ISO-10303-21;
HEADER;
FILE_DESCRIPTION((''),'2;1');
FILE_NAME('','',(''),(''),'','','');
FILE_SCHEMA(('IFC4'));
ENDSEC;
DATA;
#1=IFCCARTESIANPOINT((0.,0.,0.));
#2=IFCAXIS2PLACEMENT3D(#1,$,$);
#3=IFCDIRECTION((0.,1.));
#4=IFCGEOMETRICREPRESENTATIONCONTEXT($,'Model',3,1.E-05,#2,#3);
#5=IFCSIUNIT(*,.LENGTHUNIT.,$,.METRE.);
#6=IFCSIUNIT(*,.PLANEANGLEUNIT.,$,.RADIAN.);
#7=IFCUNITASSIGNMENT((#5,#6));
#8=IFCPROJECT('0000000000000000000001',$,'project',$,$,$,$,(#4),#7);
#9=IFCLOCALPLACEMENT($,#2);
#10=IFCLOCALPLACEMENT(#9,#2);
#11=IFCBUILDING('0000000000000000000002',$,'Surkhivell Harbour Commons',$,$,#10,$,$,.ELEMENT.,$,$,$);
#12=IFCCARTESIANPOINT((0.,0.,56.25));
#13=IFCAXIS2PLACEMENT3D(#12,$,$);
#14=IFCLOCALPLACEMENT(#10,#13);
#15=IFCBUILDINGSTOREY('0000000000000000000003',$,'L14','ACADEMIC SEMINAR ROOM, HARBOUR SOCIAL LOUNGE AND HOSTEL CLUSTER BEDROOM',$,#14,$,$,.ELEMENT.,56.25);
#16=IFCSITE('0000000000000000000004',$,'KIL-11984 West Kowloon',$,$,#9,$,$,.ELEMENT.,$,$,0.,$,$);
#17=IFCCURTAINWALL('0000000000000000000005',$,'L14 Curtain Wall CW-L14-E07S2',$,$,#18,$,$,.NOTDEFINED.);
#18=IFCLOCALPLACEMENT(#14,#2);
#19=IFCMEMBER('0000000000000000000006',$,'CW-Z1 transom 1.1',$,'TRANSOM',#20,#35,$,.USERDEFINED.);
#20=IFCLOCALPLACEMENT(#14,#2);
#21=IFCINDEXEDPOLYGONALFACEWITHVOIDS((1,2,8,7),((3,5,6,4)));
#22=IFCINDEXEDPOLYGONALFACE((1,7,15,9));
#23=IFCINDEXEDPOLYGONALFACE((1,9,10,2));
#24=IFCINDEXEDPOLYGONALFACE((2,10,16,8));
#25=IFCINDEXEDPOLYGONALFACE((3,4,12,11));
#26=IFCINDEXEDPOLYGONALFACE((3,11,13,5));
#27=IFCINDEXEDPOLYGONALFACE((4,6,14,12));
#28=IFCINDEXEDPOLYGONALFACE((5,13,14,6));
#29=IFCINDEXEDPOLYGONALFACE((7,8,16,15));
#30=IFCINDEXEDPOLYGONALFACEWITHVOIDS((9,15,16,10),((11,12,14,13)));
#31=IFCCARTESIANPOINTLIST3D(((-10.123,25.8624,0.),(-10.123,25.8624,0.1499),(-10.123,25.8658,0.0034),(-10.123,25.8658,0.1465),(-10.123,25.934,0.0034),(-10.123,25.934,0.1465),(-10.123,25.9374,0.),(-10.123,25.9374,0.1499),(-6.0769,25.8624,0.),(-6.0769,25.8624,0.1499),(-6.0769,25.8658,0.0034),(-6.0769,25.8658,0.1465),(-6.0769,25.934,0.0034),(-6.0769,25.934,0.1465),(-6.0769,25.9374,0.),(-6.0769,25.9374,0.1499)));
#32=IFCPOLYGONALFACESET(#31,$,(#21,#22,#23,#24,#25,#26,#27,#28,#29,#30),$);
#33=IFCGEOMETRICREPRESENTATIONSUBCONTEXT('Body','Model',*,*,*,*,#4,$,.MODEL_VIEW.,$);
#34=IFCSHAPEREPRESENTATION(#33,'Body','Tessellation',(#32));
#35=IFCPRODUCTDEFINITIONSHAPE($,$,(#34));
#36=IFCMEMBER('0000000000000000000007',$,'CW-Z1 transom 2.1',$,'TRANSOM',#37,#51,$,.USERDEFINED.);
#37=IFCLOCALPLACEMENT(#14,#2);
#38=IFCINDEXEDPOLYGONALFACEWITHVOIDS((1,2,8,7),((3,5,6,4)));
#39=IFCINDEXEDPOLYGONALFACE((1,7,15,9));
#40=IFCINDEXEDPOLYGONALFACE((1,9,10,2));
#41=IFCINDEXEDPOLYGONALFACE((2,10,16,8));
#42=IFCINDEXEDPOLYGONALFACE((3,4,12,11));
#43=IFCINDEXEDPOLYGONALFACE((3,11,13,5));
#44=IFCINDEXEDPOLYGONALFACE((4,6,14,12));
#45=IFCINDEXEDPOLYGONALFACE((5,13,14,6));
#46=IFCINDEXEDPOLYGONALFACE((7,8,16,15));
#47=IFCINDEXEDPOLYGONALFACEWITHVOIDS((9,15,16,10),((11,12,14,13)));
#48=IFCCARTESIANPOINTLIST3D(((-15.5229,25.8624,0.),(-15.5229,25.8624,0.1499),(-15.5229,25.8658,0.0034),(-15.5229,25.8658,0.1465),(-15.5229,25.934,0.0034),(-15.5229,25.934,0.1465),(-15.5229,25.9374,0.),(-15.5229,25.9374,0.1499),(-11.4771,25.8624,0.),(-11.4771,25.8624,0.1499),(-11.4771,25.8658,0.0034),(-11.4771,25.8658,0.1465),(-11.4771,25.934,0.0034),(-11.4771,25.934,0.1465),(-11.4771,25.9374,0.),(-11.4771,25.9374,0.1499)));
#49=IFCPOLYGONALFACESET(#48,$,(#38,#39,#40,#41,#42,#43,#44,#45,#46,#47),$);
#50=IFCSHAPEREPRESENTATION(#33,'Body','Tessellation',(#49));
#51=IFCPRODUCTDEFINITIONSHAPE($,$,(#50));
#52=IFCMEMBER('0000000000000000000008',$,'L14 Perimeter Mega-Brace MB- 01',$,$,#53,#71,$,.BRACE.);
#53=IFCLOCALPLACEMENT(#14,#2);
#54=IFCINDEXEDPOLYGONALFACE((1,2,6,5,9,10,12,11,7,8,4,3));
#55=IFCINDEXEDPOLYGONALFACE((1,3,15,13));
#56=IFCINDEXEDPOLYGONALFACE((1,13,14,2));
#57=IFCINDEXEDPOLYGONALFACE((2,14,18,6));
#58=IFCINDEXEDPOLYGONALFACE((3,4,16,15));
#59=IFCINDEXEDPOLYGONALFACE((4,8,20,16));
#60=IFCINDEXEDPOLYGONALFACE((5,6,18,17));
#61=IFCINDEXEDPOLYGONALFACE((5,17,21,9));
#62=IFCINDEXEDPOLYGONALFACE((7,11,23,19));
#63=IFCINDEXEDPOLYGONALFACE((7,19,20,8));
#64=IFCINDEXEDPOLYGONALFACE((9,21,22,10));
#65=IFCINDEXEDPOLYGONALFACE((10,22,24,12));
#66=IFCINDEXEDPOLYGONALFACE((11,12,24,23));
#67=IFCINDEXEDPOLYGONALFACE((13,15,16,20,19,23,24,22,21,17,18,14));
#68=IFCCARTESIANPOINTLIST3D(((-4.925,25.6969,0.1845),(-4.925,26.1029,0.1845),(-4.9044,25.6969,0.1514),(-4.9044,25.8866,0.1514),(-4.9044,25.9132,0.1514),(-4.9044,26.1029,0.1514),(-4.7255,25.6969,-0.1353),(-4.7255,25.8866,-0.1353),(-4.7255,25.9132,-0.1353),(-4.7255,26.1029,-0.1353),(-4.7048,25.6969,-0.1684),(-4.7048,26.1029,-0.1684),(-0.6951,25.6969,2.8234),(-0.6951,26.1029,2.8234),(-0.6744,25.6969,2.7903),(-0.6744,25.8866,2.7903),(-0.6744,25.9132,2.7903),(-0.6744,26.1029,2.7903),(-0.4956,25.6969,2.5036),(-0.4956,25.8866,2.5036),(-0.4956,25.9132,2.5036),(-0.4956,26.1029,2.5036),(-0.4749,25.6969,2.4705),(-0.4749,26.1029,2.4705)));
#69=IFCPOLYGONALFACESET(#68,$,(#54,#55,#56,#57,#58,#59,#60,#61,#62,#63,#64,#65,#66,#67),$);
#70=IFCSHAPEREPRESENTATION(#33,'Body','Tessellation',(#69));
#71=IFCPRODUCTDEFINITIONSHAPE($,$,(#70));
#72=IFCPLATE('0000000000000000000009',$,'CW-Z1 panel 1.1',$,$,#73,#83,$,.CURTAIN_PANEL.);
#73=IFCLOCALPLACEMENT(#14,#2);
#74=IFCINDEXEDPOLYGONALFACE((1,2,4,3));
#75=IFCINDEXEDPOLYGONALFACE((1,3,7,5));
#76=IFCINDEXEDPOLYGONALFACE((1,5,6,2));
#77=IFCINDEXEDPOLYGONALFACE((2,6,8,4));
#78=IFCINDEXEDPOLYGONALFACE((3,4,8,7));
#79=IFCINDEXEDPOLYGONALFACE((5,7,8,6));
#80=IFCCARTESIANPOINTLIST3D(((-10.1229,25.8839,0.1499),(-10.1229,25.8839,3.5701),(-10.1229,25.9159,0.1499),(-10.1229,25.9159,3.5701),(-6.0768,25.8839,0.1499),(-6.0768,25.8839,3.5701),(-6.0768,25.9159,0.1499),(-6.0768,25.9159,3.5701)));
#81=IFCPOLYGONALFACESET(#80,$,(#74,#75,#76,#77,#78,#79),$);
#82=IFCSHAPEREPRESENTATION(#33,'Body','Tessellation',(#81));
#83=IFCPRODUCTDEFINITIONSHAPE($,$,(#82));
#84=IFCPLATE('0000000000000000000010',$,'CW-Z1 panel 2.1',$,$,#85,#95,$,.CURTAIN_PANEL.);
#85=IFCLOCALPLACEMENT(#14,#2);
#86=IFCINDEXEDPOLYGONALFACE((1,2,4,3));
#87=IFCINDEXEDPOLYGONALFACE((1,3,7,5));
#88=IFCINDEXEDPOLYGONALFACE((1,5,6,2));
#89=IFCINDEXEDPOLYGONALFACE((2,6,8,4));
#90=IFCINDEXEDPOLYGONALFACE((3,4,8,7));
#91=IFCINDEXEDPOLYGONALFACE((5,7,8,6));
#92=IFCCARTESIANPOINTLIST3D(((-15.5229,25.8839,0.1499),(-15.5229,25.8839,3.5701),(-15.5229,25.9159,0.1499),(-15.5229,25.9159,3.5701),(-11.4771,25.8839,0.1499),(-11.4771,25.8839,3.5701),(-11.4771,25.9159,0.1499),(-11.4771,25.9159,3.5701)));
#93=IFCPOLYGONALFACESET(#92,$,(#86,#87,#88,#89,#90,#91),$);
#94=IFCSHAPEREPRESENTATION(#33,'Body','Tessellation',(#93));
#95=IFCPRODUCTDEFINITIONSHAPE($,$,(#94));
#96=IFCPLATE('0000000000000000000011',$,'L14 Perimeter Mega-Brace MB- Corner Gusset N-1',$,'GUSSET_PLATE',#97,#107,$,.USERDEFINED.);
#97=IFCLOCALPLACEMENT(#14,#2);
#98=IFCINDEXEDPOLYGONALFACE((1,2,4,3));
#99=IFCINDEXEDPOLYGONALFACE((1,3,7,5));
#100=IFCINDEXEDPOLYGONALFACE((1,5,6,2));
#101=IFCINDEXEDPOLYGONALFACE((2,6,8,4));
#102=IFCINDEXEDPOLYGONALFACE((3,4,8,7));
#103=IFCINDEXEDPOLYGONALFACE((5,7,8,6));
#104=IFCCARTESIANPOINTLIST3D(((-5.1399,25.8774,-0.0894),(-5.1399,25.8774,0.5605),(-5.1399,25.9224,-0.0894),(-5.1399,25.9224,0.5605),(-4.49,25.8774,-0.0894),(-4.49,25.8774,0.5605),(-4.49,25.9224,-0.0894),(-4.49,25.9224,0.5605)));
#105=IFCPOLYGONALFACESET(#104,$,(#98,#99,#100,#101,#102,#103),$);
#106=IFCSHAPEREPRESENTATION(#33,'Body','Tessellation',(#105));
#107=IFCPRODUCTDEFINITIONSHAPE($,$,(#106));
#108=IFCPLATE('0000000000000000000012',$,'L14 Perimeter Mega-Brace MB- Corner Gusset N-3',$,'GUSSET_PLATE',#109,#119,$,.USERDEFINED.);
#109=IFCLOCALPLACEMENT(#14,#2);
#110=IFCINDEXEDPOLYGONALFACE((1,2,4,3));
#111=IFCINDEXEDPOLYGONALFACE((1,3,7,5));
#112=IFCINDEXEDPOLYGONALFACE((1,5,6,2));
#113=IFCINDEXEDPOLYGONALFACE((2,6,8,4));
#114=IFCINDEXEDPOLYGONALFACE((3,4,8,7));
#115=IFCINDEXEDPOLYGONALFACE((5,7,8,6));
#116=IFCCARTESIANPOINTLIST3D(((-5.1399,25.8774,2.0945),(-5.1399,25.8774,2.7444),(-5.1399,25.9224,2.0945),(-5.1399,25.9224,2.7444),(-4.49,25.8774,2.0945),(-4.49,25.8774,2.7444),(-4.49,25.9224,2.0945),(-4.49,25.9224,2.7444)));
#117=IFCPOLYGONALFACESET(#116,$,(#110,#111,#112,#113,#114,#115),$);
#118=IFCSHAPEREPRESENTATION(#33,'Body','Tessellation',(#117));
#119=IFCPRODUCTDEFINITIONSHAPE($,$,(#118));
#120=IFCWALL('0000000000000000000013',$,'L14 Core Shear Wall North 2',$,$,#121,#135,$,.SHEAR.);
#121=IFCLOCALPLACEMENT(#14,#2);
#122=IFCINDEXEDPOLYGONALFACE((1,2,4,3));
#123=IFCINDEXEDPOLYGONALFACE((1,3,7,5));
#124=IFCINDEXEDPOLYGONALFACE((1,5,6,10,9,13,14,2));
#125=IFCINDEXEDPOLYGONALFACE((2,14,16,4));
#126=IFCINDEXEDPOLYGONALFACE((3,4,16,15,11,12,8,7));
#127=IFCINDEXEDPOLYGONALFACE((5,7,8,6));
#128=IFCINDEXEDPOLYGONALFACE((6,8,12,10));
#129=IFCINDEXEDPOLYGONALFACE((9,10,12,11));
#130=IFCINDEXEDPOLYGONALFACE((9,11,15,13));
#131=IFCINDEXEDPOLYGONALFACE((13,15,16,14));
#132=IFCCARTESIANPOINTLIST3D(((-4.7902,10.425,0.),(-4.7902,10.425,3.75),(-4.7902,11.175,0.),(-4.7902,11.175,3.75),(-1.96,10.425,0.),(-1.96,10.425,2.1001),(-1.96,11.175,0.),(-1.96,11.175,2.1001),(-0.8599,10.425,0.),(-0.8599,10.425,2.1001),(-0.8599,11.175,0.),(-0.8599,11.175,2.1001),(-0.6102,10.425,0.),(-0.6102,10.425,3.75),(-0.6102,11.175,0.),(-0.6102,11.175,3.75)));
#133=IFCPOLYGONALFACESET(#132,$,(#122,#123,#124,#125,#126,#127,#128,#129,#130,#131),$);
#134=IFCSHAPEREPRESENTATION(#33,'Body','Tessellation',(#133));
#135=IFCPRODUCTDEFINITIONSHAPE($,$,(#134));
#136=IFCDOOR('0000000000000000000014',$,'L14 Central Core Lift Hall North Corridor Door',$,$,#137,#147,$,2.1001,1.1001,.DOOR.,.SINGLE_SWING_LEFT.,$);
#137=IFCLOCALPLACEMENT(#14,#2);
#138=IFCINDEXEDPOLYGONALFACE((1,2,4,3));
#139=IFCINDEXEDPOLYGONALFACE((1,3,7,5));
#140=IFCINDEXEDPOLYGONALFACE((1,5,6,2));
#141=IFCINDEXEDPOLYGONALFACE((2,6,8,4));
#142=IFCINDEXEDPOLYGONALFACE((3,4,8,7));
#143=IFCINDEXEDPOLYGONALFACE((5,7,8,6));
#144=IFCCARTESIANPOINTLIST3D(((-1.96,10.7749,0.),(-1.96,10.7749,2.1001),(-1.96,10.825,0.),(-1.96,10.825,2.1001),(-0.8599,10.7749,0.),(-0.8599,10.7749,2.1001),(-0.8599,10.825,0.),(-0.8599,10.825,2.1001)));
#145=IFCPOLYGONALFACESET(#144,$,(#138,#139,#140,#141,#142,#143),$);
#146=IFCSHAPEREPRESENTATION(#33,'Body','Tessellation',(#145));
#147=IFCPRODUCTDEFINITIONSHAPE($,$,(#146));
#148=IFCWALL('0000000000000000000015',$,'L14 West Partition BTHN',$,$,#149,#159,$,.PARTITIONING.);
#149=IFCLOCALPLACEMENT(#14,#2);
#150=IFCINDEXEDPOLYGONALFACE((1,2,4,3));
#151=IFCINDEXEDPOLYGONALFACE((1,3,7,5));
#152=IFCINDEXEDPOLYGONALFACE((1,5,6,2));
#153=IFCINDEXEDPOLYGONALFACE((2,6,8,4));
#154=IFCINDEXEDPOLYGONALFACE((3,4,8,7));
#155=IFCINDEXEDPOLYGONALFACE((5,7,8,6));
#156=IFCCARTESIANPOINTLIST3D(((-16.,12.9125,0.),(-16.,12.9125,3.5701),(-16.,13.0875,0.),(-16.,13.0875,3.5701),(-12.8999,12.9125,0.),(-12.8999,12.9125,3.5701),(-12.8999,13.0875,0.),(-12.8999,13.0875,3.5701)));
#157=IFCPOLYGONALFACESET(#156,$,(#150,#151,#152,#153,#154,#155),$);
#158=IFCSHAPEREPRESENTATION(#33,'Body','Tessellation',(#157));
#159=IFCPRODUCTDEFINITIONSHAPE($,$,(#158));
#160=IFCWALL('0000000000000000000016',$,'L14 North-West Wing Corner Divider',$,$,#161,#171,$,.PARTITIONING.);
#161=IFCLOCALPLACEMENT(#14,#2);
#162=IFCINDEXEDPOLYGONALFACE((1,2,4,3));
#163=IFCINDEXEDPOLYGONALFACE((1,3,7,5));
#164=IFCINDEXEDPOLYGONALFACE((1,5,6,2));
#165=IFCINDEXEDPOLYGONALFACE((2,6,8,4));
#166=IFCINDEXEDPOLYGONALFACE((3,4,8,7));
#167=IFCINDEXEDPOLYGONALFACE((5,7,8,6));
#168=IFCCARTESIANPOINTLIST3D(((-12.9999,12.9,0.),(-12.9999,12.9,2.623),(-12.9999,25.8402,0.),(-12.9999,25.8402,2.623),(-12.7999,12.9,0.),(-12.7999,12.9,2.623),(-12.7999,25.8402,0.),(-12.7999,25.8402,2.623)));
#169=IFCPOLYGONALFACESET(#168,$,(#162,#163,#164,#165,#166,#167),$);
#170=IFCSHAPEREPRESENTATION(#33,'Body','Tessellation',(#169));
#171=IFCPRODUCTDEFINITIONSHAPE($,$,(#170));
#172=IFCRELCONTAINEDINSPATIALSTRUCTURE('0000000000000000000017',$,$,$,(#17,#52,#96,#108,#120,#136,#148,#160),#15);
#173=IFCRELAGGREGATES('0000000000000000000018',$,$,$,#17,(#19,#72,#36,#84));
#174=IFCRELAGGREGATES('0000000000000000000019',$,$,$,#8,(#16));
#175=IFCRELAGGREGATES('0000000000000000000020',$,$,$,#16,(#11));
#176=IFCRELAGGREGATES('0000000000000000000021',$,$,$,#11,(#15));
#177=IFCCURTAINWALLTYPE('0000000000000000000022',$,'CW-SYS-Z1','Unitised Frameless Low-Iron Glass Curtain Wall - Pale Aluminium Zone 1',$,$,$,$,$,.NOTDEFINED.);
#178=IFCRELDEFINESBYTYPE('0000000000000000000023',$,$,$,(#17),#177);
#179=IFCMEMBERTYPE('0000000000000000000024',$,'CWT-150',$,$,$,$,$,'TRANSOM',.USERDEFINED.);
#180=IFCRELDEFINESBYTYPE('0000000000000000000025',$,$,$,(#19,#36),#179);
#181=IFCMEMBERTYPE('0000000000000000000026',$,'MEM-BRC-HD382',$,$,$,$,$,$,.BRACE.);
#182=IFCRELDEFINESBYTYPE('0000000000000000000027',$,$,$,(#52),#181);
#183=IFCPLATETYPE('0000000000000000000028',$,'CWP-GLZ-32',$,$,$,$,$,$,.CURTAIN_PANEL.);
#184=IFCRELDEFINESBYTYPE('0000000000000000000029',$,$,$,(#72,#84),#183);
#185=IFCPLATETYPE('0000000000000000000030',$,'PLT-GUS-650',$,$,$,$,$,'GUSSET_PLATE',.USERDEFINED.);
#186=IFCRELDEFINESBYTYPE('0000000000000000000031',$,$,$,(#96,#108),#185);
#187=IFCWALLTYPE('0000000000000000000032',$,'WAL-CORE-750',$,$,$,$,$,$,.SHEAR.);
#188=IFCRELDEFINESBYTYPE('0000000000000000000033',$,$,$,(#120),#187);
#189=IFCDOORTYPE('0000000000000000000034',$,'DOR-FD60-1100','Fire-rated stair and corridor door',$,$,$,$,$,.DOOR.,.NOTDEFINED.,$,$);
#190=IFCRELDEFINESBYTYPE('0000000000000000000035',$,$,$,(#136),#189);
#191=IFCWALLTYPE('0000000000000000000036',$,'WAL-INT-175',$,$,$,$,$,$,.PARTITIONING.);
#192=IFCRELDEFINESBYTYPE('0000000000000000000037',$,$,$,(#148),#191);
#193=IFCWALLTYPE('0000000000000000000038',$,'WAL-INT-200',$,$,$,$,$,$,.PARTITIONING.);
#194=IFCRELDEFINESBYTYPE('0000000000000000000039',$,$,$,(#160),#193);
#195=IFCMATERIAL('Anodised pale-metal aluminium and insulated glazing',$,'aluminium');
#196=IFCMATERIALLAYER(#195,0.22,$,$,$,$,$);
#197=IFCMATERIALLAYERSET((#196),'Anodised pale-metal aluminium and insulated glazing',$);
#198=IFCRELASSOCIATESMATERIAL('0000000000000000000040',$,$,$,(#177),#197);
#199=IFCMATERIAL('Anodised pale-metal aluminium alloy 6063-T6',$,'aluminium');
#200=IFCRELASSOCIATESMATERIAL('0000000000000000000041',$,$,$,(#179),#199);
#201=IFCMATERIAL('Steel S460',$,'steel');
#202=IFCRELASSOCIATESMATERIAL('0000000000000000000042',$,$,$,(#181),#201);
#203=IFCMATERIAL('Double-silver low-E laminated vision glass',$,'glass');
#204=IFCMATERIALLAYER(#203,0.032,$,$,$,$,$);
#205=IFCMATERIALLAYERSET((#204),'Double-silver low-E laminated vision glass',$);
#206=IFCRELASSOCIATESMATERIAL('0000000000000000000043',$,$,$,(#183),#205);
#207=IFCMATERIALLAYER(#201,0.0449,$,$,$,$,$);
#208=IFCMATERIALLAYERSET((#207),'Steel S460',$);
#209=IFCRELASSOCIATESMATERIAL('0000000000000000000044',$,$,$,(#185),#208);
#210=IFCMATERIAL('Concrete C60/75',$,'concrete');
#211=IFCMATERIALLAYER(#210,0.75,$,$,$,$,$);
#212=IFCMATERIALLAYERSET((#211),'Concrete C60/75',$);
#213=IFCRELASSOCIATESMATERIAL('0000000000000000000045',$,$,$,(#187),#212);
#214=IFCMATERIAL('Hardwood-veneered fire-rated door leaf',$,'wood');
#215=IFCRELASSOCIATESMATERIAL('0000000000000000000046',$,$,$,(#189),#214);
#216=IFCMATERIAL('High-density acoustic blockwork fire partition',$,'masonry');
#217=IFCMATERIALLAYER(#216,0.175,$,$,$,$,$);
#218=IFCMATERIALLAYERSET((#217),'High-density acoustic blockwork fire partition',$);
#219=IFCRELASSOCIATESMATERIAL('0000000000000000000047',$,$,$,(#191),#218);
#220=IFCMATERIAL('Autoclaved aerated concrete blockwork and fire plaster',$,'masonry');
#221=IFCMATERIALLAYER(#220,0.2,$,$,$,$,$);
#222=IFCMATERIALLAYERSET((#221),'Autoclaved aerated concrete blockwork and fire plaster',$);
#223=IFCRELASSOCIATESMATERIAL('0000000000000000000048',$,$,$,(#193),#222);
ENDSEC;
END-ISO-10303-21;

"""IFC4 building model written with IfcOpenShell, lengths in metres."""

from ifc_helpers import new_model, si_unit, direction, frame, frame_2d, origin, origin_2d, place, context, subcontext, project, spatial, rectangle, hollow_rectangle, i_section, extrude, material, layer, layer_set, material_profile, profile_set, type_object, element, fill, aggregate, save


model = new_model("IFC4")

# Units and contexts
model_context = context("Model", 3, precision=1e-05, world=origin(), true_north=direction((0.0, 1.0)))
body_context = subcontext(model_context, "Body", "Model", "MODEL_VIEW")
ifc_project = project(units=[si_unit("LENGTHUNIT", "METRE"), si_unit("PLANEANGLEUNIT", "RADIAN")], contexts=[model_context])

# Site, building, storey
site_placement = place(None, origin())
site = spatial("IfcSite", under=ifc_project, at=site_placement, Name="KIL-11984 West Kowloon", CompositionType="ELEMENT", RefElevation=0.0)
building_placement = place(site_placement, origin())
building = spatial("IfcBuilding", under=site, at=building_placement, Name="Surkhivell Harbour Commons", CompositionType="ELEMENT")
storey_placement = place(building_placement, frame((0.0, 0.0, 56.25)))
storey = spatial("IfcBuildingStorey", under=building, at=storey_placement, Name="L14", Description="ACADEMIC SEMINAR ROOM, HARBOUR SOCIAL LOUNGE AND HOSTEL CLUSTER BEDROOM", CompositionType="ELEMENT", Elevation=56.25)

# Shared definitions
ifc_material_1 = material(Name="Steel S460", Category="steel")

# Curtain wall, members
ifc_material_2 = material(Name="Anodised pale-metal aluminium and insulated glazing", Category="aluminium")
ifc_layer_1 = layer(ifc_material_2, 0.22)
ifc_layer_set_1 = layer_set([ifc_layer_1], Name="Anodised pale-metal aluminium and insulated glazing")
curtain_wall_type = type_object("IfcCurtainWallType", Name="CW-SYS-Z1", Description="Unitised Frameless Low-Iron Glass Curtain Wall - Pale Aluminium Zone 1", PredefinedType="NOTDEFINED", material=ifc_layer_set_1)
curtain_wall_placement = place(storey_placement, origin())
curtain_wall = element("IfcCurtainWall", 1, at=curtain_wall_placement, inside=storey, type_object=curtain_wall_type, Name="L14 Curtain Wall CW-L14-E07S2", PredefinedType="NOTDEFINED")
ifc_material_3 = material(Name="Anodised pale-metal aluminium alloy 6063-T6", Category="aluminium")
ifc_material_profile_1 = material_profile(ifc_material_3, hollow_rectangle(XDim=0.075, YDim=0.1499, WallThickness=0.0034, at=origin_2d()), Name="ALU-TRAN-75x150")
ifc_profile_set_1 = profile_set([ifc_material_profile_1], Name="Anodised pale-metal aluminium alloy 6063-T6")
member_type_1 = type_object("IfcMemberType", Name="CWT-150", ElementType="TRANSOM", PredefinedType="USERDEFINED", material=ifc_profile_set_1)
member_1_placement = place(storey_placement, frame((-6.0769, 25.8999, 0.075), z_axis=(-1.0, 0.0, 0.0), x_axis=(0.0, -1.0, 0.0)))
member_1 = element("IfcMember", 2, at=member_1_placement, type_object=member_type_1, Name="CW-Z1 transom 1.1", ObjectType="TRANSOM", PredefinedType="USERDEFINED", context=body_context, shape_type="SweptSolid", body=[
    extrude(hollow_rectangle(XDim=0.075, YDim=0.1499, WallThickness=0.0034, at=origin_2d()), origin(), (0.0, 0.0, 1.0), 4.0461),
])
member_2_placement = place(storey_placement, frame((-11.4771, 25.8999, 0.075), z_axis=(-1.0, 0.0, 0.0), x_axis=(0.0, -1.0, 0.0)))
member_2 = element("IfcMember", 3, at=member_2_placement, type_object=member_type_1, Name="CW-Z1 transom 2.1", ObjectType="TRANSOM", PredefinedType="USERDEFINED", context=body_context, shape_type="SweptSolid", body=[
    extrude(hollow_rectangle(XDim=0.075, YDim=0.1499, WallThickness=0.0034, at=origin_2d()), origin(), (0.0, 0.0, 1.0), 4.0459),
])

# Member
ifc_material_profile_2 = material_profile(ifc_material_1, i_section(OverallWidth=0.406, OverallDepth=0.416, WebThickness=0.0266, FlangeThickness=0.0391, at=origin_2d()), Name="HD400x382")
ifc_profile_set_2 = profile_set([ifc_material_profile_2], Name="Steel S460")
member_type_2 = type_object("IfcMemberType", Name="MEM-BRC-HD382", PredefinedType="BRACE", material=ifc_profile_set_2)
member_3_placement = place(storey_placement, frame((-4.8149, 25.8999, 0.0081), z_axis=(0.848433, 0.0, 0.529303), x_axis=(0.0, 1.0, 0.0)))
element("IfcMember", 4, at=member_3_placement, inside=storey, type_object=member_type_2, Name="L14 Perimeter Mega-Brace MB- 01", PredefinedType="BRACE", context=body_context, shape_type="SweptSolid", body=[
    extrude(i_section(OverallWidth=0.406, OverallDepth=0.416, WebThickness=0.0266, FlangeThickness=0.0391, at=origin_2d()), origin(), (0.0, 0.0, 1.0), 4.9856),
])

# Plates
ifc_material_4 = material(Name="Double-silver low-E laminated vision glass", Category="glass")
ifc_layer_2 = layer(ifc_material_4, 0.032)
ifc_layer_set_2 = layer_set([ifc_layer_2], Name="Double-silver low-E laminated vision glass")
plate_type_1 = type_object("IfcPlateType", Name="CWP-GLZ-32", PredefinedType="CURTAIN_PANEL", material=ifc_layer_set_2)
plate_1_placement = place(storey_placement, frame((-6.0769, 25.8999, 0.1499), z_axis=(0.0, 0.0, 1.0), x_axis=(-1.0, 0.0, 0.0)))
plate_1 = element("IfcPlate", 5, at=plate_1_placement, type_object=plate_type_1, Name="CW-Z1 panel 1.1", PredefinedType="CURTAIN_PANEL", context=body_context, shape_type="SweptSolid", body=[
    extrude(rectangle(XDim=4.0461, YDim=0.032, at=frame_2d((2.0229, 0.0))), origin(), (0.0, 0.0, 1.0), 3.4202),
])
plate_2_placement = place(storey_placement, frame((-11.4771, 25.8999, 0.1499), z_axis=(0.0, 0.0, 1.0), x_axis=(-1.0, 0.0, 0.0)))
plate_2 = element("IfcPlate", 6, at=plate_2_placement, type_object=plate_type_1, Name="CW-Z1 panel 2.1", PredefinedType="CURTAIN_PANEL", context=body_context, shape_type="SweptSolid", body=[
    extrude(rectangle(XDim=4.0459, YDim=0.032, at=frame_2d((2.0229, 0.0))), origin(), (0.0, 0.0, 1.0), 3.4202),
])
aggregate(curtain_wall, [member_1, plate_1, member_2, plate_2])

# Plates
ifc_layer_3 = layer(ifc_material_1, 0.0449)
ifc_layer_set_3 = layer_set([ifc_layer_3], Name="Steel S460")
plate_type_2 = type_object("IfcPlateType", Name="PLT-GUS-650", ElementType="GUSSET_PLATE", PredefinedType="USERDEFINED", material=ifc_layer_set_3)
for number, where, z_axis, x_axis, name in (
    (7, (-4.8149, 25.8999, -0.0894), (0.0, 0.0, 1.0), (1.0, 0.0, 0.0), "L14 Perimeter Mega-Brace MB- Corner Gusset N-1"),
    (8, (-4.8149, 25.8999, 2.0945), (0.0, 0.0, 1.0), (1.0, 0.0, 0.0), "L14 Perimeter Mega-Brace MB- Corner Gusset N-3"),
):
    element("IfcPlate", number, at=place(storey_placement, frame(where, z_axis=z_axis, x_axis=x_axis)), inside=storey, type_object=plate_type_2, Name=name, ObjectType="GUSSET_PLATE", PredefinedType="USERDEFINED", context=body_context, shape_type="SweptSolid", body=[
        extrude(rectangle(XDim=0.6499, YDim=0.0449, at=origin_2d()), origin(), (0.0, 0.0, 1.0), 0.6499),
    ])

# Wall, opening, door
ifc_material_5 = material(Name="Concrete C60/75", Category="concrete")
ifc_layer_4 = layer(ifc_material_5, 0.75)
ifc_layer_set_4 = layer_set([ifc_layer_4], Name="Concrete C60/75")
wall_type_1 = type_object("IfcWallType", Name="WAL-CORE-750", PredefinedType="SHEAR", material=ifc_layer_set_4)
wall_1_placement = place(storey_placement, frame((-4.79, 10.8, 0.0), z_axis=(0.0, 0.0, 1.0), x_axis=(1.0, 0.0, 0.0)))
wall_1 = element("IfcWall", 9, at=wall_1_placement, inside=storey, type_object=wall_type_1, Name="L14 Core Shear Wall North 2", PredefinedType="SHEAR", context=body_context, shape_type="SweptSolid", body=[
    extrude(rectangle(XDim=4.1799, YDim=0.75, at=frame_2d((2.0898, 0.0))), origin(), (0.0, 0.0, 1.0), 3.75),
])
opening_1_placement = place(wall_1_placement, frame((2.8301, 0.0, 0.0)))
opening_1 = element("IfcOpeningElement", 10, at=opening_1_placement, cuts=wall_1, PredefinedType="OPENING", context=body_context, shape_type="SweptSolid", body=[
    extrude(rectangle(XDim=1.1001, YDim=2.1001, at=frame_2d((0.55, 1.05))), frame((0.0, 0.385, 0.0), z_axis=(0.0, -1.0, 0.0), x_axis=(1.0, 0.0, 0.0)), (0.0, 0.0, 1.0), 0.77),
])
ifc_material_6 = material(Name="Hardwood-veneered fire-rated door leaf", Category="wood")
door_type_1 = type_object("IfcDoorType", Name="DOR-FD60-1100", Description="Fire-rated stair and corridor door", OperationType="NOTDEFINED", PredefinedType="DOOR", material=ifc_material_6)
door_1_placement = place(opening_1_placement, origin())
door_1 = element("IfcDoor", 11, at=door_1_placement, inside=storey, type_object=door_type_1, Name="L14 Central Core Lift Hall North Corridor Door", OperationType="SINGLE_SWING_LEFT", OverallHeight=2.1001, OverallWidth=1.1001, PredefinedType="DOOR", context=body_context, shape_type="SweptSolid", body=[
    extrude(rectangle(XDim=1.1001, YDim=2.1001, at=frame_2d((0.55, 1.05))), frame((0.0, 0.0249, 0.0), z_axis=(0.0, -1.0, 0.0), x_axis=(1.0, 0.0, 0.0)), (0.0, 0.0, 1.0), 0.05),
])
fill(opening_1, door_1)

# Walls
ifc_material_7 = material(Name="High-density acoustic blockwork fire partition", Category="masonry")
ifc_layer_5 = layer(ifc_material_7, 0.175)
ifc_layer_set_5 = layer_set([ifc_layer_5], Name="High-density acoustic blockwork fire partition")
wall_type_2 = type_object("IfcWallType", Name="WAL-INT-175", PredefinedType="PARTITIONING", material=ifc_layer_set_5)
wall_2_placement = place(storey_placement, frame((-16.0, 13.0, 0.0), z_axis=(0.0, 0.0, 1.0), x_axis=(1.0, 0.0, 0.0)))
element("IfcWall", 12, at=wall_2_placement, inside=storey, type_object=wall_type_2, Name="L14 West Partition BTHN", PredefinedType="PARTITIONING", context=body_context, shape_type="SweptSolid", body=[
    extrude(rectangle(XDim=3.1001, YDim=0.175, at=frame_2d((1.55, 0.0))), origin(), (0.0, 0.0, 1.0), 3.5701),
])
ifc_material_8 = material(Name="Autoclaved aerated concrete blockwork and fire plaster", Category="masonry")
ifc_layer_6 = layer(ifc_material_8, 0.2)
ifc_layer_set_6 = layer_set([ifc_layer_6], Name="Autoclaved aerated concrete blockwork and fire plaster")
wall_type_3 = type_object("IfcWallType", Name="WAL-INT-200", PredefinedType="PARTITIONING", material=ifc_layer_set_6)
wall_3_placement = place(storey_placement, frame((-12.8999, 12.8999, 0.0), z_axis=(0.0, 0.0, 1.0), x_axis=(0.0, 1.0, 0.0)))
element("IfcWall", 13, at=wall_3_placement, inside=storey, type_object=wall_type_3, Name="L14 North-West Wing Corner Divider", PredefinedType="PARTITIONING", context=body_context, shape_type="SweptSolid", body=[
    extrude(rectangle(XDim=12.9402, YDim=0.2, at=frame_2d((6.4702, 0.0))), origin(), (0.0, 0.0, 1.0), 2.623),
])

save(model, "model.ifc")
